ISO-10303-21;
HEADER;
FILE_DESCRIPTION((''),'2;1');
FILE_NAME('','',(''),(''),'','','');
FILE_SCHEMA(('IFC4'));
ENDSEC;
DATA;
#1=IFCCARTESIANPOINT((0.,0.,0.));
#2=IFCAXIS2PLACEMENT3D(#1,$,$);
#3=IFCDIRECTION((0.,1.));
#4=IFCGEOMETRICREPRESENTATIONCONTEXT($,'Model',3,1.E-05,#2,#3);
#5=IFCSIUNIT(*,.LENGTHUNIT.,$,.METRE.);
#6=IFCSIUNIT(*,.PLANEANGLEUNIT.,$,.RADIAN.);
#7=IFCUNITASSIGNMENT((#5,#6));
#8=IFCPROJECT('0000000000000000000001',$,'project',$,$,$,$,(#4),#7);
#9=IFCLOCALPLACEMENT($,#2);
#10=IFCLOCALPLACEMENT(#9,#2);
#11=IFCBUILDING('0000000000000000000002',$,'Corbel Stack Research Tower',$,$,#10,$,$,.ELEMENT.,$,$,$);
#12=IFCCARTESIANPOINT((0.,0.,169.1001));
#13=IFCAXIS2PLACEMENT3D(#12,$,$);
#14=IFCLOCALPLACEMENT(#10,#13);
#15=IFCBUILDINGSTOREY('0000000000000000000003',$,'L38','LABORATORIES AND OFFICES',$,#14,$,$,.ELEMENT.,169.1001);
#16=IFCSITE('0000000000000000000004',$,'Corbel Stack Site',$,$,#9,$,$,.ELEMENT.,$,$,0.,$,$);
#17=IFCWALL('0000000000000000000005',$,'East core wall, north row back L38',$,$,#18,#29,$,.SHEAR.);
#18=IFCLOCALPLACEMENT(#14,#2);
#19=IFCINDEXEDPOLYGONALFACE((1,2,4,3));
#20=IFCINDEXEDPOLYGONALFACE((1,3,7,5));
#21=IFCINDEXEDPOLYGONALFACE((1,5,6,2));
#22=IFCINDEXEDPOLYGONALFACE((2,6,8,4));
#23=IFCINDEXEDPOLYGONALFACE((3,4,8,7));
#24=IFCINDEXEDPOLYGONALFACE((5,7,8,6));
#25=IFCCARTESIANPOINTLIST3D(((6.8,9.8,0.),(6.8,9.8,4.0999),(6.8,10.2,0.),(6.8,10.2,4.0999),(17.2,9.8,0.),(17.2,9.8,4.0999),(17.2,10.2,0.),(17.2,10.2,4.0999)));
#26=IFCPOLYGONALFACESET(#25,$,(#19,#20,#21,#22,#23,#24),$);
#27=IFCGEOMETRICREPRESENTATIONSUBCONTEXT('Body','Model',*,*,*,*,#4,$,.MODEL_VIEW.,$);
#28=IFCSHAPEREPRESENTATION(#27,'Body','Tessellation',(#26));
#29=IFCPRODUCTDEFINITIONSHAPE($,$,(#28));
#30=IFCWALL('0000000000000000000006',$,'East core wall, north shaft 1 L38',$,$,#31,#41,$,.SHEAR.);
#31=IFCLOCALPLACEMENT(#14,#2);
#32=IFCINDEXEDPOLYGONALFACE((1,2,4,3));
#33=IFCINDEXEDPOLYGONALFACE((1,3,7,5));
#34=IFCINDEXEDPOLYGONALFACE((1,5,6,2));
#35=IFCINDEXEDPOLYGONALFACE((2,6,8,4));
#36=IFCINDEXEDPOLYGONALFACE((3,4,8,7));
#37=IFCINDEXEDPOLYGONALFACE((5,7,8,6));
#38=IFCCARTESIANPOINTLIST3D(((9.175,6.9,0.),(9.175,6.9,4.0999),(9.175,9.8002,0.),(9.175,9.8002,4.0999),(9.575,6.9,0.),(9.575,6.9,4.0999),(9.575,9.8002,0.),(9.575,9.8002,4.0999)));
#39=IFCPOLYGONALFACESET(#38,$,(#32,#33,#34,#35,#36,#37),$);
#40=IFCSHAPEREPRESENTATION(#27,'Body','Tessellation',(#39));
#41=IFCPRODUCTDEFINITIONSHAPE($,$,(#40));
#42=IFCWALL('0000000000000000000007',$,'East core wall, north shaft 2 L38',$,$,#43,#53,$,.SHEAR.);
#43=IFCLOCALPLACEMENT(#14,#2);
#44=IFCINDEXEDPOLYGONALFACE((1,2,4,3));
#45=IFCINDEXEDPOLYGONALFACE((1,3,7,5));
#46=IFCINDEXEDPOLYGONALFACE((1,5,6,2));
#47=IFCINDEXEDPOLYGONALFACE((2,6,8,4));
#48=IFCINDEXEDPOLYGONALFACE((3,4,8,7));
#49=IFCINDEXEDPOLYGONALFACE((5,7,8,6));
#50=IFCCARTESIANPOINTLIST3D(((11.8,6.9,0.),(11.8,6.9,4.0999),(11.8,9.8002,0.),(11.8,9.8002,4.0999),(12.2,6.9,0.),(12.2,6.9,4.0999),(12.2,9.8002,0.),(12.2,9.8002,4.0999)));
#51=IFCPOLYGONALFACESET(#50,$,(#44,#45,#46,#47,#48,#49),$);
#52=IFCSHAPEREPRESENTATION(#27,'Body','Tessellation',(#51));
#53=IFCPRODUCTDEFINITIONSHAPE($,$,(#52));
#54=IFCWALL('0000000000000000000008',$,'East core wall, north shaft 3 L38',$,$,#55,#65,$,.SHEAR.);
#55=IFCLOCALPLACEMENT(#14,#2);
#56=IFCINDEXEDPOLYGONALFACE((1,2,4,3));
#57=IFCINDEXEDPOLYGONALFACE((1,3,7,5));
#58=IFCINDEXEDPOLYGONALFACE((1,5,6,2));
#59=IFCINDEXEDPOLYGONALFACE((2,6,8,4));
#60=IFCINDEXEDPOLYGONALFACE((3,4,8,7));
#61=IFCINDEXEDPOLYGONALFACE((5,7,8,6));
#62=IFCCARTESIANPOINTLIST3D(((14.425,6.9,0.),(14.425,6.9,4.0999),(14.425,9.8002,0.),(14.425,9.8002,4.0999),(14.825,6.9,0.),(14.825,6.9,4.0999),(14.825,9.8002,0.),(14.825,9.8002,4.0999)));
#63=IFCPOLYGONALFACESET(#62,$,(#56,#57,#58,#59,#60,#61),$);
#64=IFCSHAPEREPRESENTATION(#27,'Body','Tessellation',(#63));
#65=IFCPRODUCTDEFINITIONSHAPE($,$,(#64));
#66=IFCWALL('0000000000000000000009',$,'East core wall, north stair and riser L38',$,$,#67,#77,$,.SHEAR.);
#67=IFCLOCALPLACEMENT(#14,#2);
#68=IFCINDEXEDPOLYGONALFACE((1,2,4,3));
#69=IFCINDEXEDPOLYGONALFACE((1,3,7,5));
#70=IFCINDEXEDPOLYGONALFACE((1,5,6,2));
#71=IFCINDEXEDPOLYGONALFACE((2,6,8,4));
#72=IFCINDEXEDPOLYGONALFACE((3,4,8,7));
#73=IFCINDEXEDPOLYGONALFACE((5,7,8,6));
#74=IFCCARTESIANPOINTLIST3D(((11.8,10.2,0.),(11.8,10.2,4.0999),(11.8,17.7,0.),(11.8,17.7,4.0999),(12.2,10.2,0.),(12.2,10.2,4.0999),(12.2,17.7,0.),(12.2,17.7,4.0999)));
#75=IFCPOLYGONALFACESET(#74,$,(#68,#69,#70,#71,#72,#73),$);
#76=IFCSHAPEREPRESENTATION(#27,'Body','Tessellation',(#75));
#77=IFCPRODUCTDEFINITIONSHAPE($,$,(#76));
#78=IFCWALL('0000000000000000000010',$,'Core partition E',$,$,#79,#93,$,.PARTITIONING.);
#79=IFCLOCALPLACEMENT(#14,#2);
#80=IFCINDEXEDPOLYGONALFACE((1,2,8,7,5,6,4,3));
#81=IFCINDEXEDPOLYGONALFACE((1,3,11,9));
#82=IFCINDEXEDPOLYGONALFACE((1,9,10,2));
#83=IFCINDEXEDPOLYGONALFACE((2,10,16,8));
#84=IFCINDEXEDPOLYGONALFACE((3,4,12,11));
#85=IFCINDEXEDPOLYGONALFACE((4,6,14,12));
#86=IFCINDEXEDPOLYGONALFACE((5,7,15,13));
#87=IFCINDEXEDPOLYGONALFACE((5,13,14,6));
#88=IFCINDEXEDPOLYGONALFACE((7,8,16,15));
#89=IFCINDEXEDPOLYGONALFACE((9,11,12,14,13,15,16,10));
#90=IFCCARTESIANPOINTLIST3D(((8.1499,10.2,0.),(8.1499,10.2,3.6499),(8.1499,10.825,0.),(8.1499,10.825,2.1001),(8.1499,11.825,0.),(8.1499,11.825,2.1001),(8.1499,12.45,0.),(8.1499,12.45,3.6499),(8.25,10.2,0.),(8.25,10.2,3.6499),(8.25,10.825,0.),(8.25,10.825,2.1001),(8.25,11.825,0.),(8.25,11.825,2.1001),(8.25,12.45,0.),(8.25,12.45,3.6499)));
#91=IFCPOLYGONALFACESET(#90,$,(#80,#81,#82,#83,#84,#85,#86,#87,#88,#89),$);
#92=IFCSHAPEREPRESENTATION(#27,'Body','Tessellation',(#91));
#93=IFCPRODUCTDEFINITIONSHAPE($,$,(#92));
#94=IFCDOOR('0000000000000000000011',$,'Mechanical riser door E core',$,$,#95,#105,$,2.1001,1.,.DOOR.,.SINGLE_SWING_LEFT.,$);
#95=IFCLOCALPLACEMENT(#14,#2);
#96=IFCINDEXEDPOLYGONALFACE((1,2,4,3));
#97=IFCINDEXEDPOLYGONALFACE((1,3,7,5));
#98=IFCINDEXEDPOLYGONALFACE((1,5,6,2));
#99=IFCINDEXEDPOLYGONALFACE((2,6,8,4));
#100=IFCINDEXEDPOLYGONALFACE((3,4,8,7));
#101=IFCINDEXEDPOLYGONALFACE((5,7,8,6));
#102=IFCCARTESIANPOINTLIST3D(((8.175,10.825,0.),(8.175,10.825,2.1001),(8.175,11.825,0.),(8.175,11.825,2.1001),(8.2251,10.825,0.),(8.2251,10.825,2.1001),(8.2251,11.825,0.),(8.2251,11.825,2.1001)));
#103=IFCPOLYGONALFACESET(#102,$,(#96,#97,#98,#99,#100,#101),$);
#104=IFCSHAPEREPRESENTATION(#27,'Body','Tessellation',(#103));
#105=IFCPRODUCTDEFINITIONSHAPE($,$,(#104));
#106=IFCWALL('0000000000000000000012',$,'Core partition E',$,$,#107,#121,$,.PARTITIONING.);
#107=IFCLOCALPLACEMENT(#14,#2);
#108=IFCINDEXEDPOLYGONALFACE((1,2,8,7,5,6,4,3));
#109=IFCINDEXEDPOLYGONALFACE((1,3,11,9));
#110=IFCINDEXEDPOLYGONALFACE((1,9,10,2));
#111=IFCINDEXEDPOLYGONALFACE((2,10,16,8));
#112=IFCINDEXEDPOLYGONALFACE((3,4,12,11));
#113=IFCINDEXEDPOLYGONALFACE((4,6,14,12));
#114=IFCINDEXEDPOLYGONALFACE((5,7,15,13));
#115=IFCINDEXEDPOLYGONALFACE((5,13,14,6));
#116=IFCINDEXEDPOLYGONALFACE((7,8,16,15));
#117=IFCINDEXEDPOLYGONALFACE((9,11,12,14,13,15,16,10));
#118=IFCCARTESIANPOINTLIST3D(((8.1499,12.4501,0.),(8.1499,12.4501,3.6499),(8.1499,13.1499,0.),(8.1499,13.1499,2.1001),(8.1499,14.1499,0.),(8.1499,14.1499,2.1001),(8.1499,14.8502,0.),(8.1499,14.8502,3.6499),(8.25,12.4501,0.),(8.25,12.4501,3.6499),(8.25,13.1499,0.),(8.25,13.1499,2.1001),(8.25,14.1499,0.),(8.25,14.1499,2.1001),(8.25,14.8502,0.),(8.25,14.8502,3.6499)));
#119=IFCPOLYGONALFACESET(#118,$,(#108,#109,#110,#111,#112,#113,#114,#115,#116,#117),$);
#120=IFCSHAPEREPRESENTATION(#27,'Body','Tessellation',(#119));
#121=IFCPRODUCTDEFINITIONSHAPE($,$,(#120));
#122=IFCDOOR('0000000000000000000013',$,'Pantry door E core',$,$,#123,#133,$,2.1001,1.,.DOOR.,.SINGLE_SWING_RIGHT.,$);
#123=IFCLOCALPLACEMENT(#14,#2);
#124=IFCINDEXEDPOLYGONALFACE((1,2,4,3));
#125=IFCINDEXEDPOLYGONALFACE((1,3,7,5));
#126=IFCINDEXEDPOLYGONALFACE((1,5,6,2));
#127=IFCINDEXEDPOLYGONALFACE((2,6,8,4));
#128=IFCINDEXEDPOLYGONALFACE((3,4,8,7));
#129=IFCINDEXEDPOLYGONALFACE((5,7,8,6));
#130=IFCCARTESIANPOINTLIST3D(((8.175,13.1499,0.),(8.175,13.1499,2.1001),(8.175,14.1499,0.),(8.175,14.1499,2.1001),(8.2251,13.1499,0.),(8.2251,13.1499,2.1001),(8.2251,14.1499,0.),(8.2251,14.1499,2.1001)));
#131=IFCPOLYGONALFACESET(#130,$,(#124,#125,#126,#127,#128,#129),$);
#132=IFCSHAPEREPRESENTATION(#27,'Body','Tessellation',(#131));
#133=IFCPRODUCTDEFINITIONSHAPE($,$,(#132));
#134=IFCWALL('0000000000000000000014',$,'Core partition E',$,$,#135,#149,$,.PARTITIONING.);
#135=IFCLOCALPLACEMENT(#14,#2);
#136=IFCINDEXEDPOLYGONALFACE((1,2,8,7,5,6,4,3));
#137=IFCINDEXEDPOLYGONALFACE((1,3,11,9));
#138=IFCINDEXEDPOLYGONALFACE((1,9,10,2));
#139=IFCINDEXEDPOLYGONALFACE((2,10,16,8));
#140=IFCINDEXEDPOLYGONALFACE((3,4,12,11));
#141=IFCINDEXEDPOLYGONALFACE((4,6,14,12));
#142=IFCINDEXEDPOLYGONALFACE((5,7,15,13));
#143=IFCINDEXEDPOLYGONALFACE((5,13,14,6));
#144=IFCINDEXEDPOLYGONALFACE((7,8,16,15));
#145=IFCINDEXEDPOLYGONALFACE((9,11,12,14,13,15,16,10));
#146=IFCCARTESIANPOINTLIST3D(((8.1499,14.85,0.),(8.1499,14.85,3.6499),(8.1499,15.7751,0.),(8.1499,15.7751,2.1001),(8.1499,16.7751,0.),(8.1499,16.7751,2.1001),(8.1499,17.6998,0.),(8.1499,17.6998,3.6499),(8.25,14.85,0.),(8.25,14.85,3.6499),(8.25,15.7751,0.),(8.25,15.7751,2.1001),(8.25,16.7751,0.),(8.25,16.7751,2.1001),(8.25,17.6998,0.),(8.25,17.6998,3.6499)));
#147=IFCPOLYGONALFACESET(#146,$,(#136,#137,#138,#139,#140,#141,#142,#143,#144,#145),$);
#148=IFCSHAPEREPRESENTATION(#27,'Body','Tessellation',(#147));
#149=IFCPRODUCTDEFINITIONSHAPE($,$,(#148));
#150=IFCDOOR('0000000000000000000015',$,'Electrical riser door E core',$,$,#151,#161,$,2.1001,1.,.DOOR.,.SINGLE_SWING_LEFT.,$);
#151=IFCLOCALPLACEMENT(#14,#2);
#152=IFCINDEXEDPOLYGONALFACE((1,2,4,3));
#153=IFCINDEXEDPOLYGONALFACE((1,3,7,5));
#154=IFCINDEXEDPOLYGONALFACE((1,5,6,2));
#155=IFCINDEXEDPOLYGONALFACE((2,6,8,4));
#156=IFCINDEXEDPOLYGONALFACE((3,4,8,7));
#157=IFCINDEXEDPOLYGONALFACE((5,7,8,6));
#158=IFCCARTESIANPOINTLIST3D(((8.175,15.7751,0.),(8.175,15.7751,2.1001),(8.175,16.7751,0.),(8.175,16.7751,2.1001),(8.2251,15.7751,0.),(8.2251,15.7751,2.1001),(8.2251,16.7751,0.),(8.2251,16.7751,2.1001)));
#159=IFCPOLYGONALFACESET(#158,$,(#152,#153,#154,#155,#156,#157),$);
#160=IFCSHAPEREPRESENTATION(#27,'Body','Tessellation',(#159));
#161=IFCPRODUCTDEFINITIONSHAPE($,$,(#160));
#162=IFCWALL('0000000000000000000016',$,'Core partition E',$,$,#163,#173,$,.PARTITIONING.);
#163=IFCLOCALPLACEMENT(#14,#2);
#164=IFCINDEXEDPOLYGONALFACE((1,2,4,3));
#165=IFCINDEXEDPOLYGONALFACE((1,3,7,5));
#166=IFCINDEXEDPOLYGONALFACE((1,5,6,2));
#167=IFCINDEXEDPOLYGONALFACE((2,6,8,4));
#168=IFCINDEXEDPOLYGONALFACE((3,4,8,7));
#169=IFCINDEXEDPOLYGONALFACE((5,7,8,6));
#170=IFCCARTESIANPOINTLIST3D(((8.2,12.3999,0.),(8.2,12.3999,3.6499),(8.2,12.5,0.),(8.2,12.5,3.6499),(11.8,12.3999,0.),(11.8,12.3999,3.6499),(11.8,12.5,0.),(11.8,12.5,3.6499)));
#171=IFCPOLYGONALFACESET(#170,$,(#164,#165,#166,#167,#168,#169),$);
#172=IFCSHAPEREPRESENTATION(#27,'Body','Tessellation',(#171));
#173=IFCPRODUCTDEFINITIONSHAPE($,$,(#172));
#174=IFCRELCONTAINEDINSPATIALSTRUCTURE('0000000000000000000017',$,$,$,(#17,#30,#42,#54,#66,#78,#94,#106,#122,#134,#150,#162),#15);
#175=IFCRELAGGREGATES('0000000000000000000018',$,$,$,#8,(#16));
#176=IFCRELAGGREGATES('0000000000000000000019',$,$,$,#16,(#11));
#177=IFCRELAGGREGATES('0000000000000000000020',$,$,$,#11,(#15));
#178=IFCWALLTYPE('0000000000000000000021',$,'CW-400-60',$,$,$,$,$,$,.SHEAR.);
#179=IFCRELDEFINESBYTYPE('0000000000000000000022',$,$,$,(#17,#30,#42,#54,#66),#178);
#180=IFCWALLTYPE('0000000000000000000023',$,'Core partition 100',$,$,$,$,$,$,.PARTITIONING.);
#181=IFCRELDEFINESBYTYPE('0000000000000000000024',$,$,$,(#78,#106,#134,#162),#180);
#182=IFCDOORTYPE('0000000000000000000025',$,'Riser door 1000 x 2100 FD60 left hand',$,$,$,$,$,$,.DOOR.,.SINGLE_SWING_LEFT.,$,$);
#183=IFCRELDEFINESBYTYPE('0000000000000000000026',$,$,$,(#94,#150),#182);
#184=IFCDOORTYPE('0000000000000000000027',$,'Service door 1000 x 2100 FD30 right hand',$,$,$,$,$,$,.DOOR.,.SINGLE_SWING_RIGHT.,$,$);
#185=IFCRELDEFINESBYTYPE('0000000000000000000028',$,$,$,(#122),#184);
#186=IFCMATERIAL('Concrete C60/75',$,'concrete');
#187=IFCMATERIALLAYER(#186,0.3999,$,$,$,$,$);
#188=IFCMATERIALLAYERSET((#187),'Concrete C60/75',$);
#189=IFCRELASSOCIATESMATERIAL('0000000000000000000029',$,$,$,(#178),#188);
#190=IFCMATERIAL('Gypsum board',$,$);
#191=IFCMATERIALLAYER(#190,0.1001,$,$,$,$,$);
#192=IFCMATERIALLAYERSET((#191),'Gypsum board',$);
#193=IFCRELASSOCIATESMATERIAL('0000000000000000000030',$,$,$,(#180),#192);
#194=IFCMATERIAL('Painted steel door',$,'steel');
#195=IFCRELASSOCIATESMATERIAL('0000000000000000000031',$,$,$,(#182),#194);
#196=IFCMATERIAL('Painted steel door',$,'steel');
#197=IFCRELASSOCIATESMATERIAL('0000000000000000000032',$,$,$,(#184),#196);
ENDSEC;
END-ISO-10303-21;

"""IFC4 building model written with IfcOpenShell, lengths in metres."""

from ifc_helpers import new_model, si_unit, direction, frame, frame_2d, origin, place, context, subcontext, project, spatial, rectangle, extrude, material, layer, layer_set, type_object, element, fill, save


model = new_model("IFC4")

# Units and contexts
model_context = context("Model", 3, precision=1e-05, world=origin(), true_north=direction((0.0, 1.0)))
body_context = subcontext(model_context, "Body", "Model", "MODEL_VIEW")
ifc_project = project(units=[si_unit("LENGTHUNIT", "METRE"), si_unit("PLANEANGLEUNIT", "RADIAN")], contexts=[model_context])

# Site, building, storey
site_placement = place(None, origin())
site = spatial("IfcSite", under=ifc_project, at=site_placement, Name="Corbel Stack Site", CompositionType="ELEMENT", RefElevation=0.0)
building_placement = place(site_placement, origin())
building = spatial("IfcBuilding", under=site, at=building_placement, Name="Corbel Stack Research Tower", CompositionType="ELEMENT")
storey_placement = place(building_placement, frame((0.0, 0.0, 169.1001)))
storey = spatial("IfcBuildingStorey", under=building, at=storey_placement, Name="L38", Description="LABORATORIES AND OFFICES", CompositionType="ELEMENT", Elevation=169.1001)

# Walls
ifc_material_1 = material(Name="Concrete C60/75", Category="concrete")
ifc_layer_1 = layer(ifc_material_1, 0.3999)
ifc_layer_set_1 = layer_set([ifc_layer_1], Name="Concrete C60/75")
wall_type_1 = type_object("IfcWallType", Name="CW-400-60", PredefinedType="SHEAR", material=ifc_layer_set_1)
wall_1_placement = place(storey_placement, frame((6.8, 10.0, 0.0), z_axis=(0.0, 0.0, 1.0), x_axis=(1.0, 0.0, 0.0)))
element("IfcWall", 1, at=wall_1_placement, inside=storey, type_object=wall_type_1, Name="East core wall, north row back L38", PredefinedType="SHEAR", context=body_context, shape_type="SweptSolid", body=[
    extrude(rectangle(XDim=10.3999, YDim=0.3999, at=frame_2d((5.2, 0.0))), origin(), (0.0, 0.0, 1.0), 4.0999),
])
for number, where, z_axis, x_axis, name in (
    (2, (9.375, 6.8999, 0.0), (0.0, 0.0, 1.0), (0.0, 1.0, 0.0), "East core wall, north shaft 1 L38"),
    (3, (12.0, 6.8999, 0.0), (0.0, 0.0, 1.0), (0.0, 1.0, 0.0), "East core wall, north shaft 2 L38"),
    (4, (14.625, 6.8999, 0.0), (0.0, 0.0, 1.0), (0.0, 1.0, 0.0), "East core wall, north shaft 3 L38"),
):
    element("IfcWall", number, at=place(storey_placement, frame(where, z_axis=z_axis, x_axis=x_axis)), inside=storey, type_object=wall_type_1, Name=name, PredefinedType="SHEAR", context=body_context, shape_type="SweptSolid", body=[
        extrude(rectangle(XDim=2.9001, YDim=0.3999, at=frame_2d((1.4502, 0.0))), origin(), (0.0, 0.0, 1.0), 4.0999),
    ])
wall_2_placement = place(storey_placement, frame((12.0, 10.2, 0.0), z_axis=(0.0, 0.0, 1.0), x_axis=(0.0, 1.0, 0.0)))
element("IfcWall", 5, at=wall_2_placement, inside=storey, type_object=wall_type_1, Name="East core wall, north stair and riser L38", PredefinedType="SHEAR", context=body_context, shape_type="SweptSolid", body=[
    extrude(rectangle(XDim=7.5, YDim=0.3999, at=frame_2d((3.75, 0.0))), origin(), (0.0, 0.0, 1.0), 4.0999),
])

# Walls, openings, doors
ifc_material_2 = material(Name="Gypsum board")
ifc_layer_2 = layer(ifc_material_2, 0.1001)
ifc_layer_set_2 = layer_set([ifc_layer_2], Name="Gypsum board")
wall_type_2 = type_object("IfcWallType", Name="Core partition 100", PredefinedType="PARTITIONING", material=ifc_layer_set_2)
wall_3_placement = place(storey_placement, frame((8.2, 10.2, 0.0), z_axis=(0.0, 0.0, 1.0), x_axis=(0.0, 1.0, 0.0)))
wall_3 = element("IfcWall", 6, at=wall_3_placement, inside=storey, type_object=wall_type_2, Name="Core partition E", PredefinedType="PARTITIONING", context=body_context, shape_type="SweptSolid", body=[
    extrude(rectangle(XDim=2.25, YDim=0.1001, at=frame_2d((1.125, 0.0))), origin(), (0.0, 0.0, 1.0), 3.6499),
])
opening_1_placement = place(wall_3_placement, frame((0.625, 0.0, 0.0)))
opening_1 = element("IfcOpeningElement", 7, at=opening_1_placement, cuts=wall_3, PredefinedType="OPENING", context=body_context, shape_type="SweptSolid", body=[
    extrude(rectangle(XDim=1.0, YDim=2.1001, at=frame_2d((0.5, 1.05))), frame((0.0, 0.0601, 0.0), z_axis=(0.0, -1.0, 0.0), x_axis=(1.0, 0.0, 0.0)), (0.0, 0.0, 1.0), 0.1201),
])
ifc_material_3 = material(Name="Painted steel door", Category="steel")
door_type_1 = type_object("IfcDoorType", Name="Riser door 1000 x 2100 FD60 left hand", OperationType="SINGLE_SWING_LEFT", PredefinedType="DOOR", material=ifc_material_3)
door_1_placement = place(opening_1_placement, origin())
door_1 = element("IfcDoor", 8, at=door_1_placement, inside=storey, type_object=door_type_1, Name="Mechanical riser door E core", OperationType="SINGLE_SWING_LEFT", OverallHeight=2.1001, OverallWidth=1.0, PredefinedType="DOOR", context=body_context, shape_type="SweptSolid", body=[
    extrude(rectangle(XDim=1.0, YDim=2.1001, at=frame_2d((0.5, 1.05))), frame((0.0, 0.0249, 0.0), z_axis=(0.0, -1.0, 0.0), x_axis=(1.0, 0.0, 0.0)), (0.0, 0.0, 1.0), 0.05),
])
fill(opening_1, door_1)
wall_4_placement = place(storey_placement, frame((8.2, 12.45, 0.0), z_axis=(0.0, 0.0, 1.0), x_axis=(0.0, 1.0, 0.0)))
wall_4 = element("IfcWall", 9, at=wall_4_placement, inside=storey, type_object=wall_type_2, Name="Core partition E", PredefinedType="PARTITIONING", context=body_context, shape_type="SweptSolid", body=[
    extrude(rectangle(XDim=2.4001, YDim=0.1001, at=frame_2d((1.2002, 0.0))), origin(), (0.0, 0.0, 1.0), 3.6499),
])
opening_2_placement = place(wall_4_placement, frame((0.7, 0.0, 0.0)))
opening_2 = element("IfcOpeningElement", 10, at=opening_2_placement, cuts=wall_4, PredefinedType="OPENING", context=body_context, shape_type="SweptSolid", body=[
    extrude(rectangle(XDim=1.0, YDim=2.1001, at=frame_2d((0.5, 1.05))), frame((0.0, 0.0601, 0.0), z_axis=(0.0, -1.0, 0.0), x_axis=(1.0, 0.0, 0.0)), (0.0, 0.0, 1.0), 0.1201),
])
ifc_material_4 = material(Name="Painted steel door", Category="steel")
door_type_2 = type_object("IfcDoorType", Name="Service door 1000 x 2100 FD30 right hand", OperationType="SINGLE_SWING_RIGHT", PredefinedType="DOOR", material=ifc_material_4)
door_2_placement = place(opening_2_placement, origin())
door_2 = element("IfcDoor", 11, at=door_2_placement, inside=storey, type_object=door_type_2, Name="Pantry door E core", OperationType="SINGLE_SWING_RIGHT", OverallHeight=2.1001, OverallWidth=1.0, PredefinedType="DOOR", context=body_context, shape_type="SweptSolid", body=[
    extrude(rectangle(XDim=1.0, YDim=2.1001, at=frame_2d((0.5, 1.05))), frame((0.0, 0.0249, 0.0), z_axis=(0.0, -1.0, 0.0), x_axis=(1.0, 0.0, 0.0)), (0.0, 0.0, 1.0), 0.05),
])
fill(opening_2, door_2)
wall_5_placement = place(storey_placement, frame((8.2, 14.8501, 0.0), z_axis=(0.0, 0.0, 1.0), x_axis=(0.0, 1.0, 0.0)))
wall_5 = element("IfcWall", 12, at=wall_5_placement, inside=storey, type_object=wall_type_2, Name="Core partition E", PredefinedType="PARTITIONING", context=body_context, shape_type="SweptSolid", body=[
    extrude(rectangle(XDim=2.8499, YDim=0.1001, at=frame_2d((1.4248, 0.0))), origin(), (0.0, 0.0, 1.0), 3.6499),
])
opening_3_placement = place(wall_5_placement, frame((0.925, 0.0, 0.0)))
opening_3 = element("IfcOpeningElement", 13, at=opening_3_placement, cuts=wall_5, PredefinedType="OPENING", context=body_context, shape_type="SweptSolid", body=[
    extrude(rectangle(XDim=1.0, YDim=2.1001, at=frame_2d((0.5, 1.05))), frame((0.0, 0.0601, 0.0), z_axis=(0.0, -1.0, 0.0), x_axis=(1.0, 0.0, 0.0)), (0.0, 0.0, 1.0), 0.1201),
])
door_3_placement = place(opening_3_placement, origin())
door_3 = element("IfcDoor", 14, at=door_3_placement, inside=storey, type_object=door_type_1, Name="Electrical riser door E core", OperationType="SINGLE_SWING_LEFT", OverallHeight=2.1001, OverallWidth=1.0, PredefinedType="DOOR", context=body_context, shape_type="SweptSolid", body=[
    extrude(rectangle(XDim=1.0, YDim=2.1001, at=frame_2d((0.5, 1.05))), frame((0.0, 0.0249, 0.0), z_axis=(0.0, -1.0, 0.0), x_axis=(1.0, 0.0, 0.0)), (0.0, 0.0, 1.0), 0.05),
])
fill(opening_3, door_3)

# Wall
wall_6_placement = place(storey_placement, frame((8.2, 12.45, 0.0), z_axis=(0.0, 0.0, 1.0), x_axis=(1.0, 0.0, 0.0)))
element("IfcWall", 15, at=wall_6_placement, inside=storey, type_object=wall_type_2, Name="Core partition E", PredefinedType="PARTITIONING", context=body_context, shape_type="SweptSolid", body=[
    extrude(rectangle(XDim=3.6001, YDim=0.1001, at=frame_2d((1.8, 0.0))), origin(), (0.0, 0.0, 1.0), 3.6499),
])

save(model, "model.ifc")
